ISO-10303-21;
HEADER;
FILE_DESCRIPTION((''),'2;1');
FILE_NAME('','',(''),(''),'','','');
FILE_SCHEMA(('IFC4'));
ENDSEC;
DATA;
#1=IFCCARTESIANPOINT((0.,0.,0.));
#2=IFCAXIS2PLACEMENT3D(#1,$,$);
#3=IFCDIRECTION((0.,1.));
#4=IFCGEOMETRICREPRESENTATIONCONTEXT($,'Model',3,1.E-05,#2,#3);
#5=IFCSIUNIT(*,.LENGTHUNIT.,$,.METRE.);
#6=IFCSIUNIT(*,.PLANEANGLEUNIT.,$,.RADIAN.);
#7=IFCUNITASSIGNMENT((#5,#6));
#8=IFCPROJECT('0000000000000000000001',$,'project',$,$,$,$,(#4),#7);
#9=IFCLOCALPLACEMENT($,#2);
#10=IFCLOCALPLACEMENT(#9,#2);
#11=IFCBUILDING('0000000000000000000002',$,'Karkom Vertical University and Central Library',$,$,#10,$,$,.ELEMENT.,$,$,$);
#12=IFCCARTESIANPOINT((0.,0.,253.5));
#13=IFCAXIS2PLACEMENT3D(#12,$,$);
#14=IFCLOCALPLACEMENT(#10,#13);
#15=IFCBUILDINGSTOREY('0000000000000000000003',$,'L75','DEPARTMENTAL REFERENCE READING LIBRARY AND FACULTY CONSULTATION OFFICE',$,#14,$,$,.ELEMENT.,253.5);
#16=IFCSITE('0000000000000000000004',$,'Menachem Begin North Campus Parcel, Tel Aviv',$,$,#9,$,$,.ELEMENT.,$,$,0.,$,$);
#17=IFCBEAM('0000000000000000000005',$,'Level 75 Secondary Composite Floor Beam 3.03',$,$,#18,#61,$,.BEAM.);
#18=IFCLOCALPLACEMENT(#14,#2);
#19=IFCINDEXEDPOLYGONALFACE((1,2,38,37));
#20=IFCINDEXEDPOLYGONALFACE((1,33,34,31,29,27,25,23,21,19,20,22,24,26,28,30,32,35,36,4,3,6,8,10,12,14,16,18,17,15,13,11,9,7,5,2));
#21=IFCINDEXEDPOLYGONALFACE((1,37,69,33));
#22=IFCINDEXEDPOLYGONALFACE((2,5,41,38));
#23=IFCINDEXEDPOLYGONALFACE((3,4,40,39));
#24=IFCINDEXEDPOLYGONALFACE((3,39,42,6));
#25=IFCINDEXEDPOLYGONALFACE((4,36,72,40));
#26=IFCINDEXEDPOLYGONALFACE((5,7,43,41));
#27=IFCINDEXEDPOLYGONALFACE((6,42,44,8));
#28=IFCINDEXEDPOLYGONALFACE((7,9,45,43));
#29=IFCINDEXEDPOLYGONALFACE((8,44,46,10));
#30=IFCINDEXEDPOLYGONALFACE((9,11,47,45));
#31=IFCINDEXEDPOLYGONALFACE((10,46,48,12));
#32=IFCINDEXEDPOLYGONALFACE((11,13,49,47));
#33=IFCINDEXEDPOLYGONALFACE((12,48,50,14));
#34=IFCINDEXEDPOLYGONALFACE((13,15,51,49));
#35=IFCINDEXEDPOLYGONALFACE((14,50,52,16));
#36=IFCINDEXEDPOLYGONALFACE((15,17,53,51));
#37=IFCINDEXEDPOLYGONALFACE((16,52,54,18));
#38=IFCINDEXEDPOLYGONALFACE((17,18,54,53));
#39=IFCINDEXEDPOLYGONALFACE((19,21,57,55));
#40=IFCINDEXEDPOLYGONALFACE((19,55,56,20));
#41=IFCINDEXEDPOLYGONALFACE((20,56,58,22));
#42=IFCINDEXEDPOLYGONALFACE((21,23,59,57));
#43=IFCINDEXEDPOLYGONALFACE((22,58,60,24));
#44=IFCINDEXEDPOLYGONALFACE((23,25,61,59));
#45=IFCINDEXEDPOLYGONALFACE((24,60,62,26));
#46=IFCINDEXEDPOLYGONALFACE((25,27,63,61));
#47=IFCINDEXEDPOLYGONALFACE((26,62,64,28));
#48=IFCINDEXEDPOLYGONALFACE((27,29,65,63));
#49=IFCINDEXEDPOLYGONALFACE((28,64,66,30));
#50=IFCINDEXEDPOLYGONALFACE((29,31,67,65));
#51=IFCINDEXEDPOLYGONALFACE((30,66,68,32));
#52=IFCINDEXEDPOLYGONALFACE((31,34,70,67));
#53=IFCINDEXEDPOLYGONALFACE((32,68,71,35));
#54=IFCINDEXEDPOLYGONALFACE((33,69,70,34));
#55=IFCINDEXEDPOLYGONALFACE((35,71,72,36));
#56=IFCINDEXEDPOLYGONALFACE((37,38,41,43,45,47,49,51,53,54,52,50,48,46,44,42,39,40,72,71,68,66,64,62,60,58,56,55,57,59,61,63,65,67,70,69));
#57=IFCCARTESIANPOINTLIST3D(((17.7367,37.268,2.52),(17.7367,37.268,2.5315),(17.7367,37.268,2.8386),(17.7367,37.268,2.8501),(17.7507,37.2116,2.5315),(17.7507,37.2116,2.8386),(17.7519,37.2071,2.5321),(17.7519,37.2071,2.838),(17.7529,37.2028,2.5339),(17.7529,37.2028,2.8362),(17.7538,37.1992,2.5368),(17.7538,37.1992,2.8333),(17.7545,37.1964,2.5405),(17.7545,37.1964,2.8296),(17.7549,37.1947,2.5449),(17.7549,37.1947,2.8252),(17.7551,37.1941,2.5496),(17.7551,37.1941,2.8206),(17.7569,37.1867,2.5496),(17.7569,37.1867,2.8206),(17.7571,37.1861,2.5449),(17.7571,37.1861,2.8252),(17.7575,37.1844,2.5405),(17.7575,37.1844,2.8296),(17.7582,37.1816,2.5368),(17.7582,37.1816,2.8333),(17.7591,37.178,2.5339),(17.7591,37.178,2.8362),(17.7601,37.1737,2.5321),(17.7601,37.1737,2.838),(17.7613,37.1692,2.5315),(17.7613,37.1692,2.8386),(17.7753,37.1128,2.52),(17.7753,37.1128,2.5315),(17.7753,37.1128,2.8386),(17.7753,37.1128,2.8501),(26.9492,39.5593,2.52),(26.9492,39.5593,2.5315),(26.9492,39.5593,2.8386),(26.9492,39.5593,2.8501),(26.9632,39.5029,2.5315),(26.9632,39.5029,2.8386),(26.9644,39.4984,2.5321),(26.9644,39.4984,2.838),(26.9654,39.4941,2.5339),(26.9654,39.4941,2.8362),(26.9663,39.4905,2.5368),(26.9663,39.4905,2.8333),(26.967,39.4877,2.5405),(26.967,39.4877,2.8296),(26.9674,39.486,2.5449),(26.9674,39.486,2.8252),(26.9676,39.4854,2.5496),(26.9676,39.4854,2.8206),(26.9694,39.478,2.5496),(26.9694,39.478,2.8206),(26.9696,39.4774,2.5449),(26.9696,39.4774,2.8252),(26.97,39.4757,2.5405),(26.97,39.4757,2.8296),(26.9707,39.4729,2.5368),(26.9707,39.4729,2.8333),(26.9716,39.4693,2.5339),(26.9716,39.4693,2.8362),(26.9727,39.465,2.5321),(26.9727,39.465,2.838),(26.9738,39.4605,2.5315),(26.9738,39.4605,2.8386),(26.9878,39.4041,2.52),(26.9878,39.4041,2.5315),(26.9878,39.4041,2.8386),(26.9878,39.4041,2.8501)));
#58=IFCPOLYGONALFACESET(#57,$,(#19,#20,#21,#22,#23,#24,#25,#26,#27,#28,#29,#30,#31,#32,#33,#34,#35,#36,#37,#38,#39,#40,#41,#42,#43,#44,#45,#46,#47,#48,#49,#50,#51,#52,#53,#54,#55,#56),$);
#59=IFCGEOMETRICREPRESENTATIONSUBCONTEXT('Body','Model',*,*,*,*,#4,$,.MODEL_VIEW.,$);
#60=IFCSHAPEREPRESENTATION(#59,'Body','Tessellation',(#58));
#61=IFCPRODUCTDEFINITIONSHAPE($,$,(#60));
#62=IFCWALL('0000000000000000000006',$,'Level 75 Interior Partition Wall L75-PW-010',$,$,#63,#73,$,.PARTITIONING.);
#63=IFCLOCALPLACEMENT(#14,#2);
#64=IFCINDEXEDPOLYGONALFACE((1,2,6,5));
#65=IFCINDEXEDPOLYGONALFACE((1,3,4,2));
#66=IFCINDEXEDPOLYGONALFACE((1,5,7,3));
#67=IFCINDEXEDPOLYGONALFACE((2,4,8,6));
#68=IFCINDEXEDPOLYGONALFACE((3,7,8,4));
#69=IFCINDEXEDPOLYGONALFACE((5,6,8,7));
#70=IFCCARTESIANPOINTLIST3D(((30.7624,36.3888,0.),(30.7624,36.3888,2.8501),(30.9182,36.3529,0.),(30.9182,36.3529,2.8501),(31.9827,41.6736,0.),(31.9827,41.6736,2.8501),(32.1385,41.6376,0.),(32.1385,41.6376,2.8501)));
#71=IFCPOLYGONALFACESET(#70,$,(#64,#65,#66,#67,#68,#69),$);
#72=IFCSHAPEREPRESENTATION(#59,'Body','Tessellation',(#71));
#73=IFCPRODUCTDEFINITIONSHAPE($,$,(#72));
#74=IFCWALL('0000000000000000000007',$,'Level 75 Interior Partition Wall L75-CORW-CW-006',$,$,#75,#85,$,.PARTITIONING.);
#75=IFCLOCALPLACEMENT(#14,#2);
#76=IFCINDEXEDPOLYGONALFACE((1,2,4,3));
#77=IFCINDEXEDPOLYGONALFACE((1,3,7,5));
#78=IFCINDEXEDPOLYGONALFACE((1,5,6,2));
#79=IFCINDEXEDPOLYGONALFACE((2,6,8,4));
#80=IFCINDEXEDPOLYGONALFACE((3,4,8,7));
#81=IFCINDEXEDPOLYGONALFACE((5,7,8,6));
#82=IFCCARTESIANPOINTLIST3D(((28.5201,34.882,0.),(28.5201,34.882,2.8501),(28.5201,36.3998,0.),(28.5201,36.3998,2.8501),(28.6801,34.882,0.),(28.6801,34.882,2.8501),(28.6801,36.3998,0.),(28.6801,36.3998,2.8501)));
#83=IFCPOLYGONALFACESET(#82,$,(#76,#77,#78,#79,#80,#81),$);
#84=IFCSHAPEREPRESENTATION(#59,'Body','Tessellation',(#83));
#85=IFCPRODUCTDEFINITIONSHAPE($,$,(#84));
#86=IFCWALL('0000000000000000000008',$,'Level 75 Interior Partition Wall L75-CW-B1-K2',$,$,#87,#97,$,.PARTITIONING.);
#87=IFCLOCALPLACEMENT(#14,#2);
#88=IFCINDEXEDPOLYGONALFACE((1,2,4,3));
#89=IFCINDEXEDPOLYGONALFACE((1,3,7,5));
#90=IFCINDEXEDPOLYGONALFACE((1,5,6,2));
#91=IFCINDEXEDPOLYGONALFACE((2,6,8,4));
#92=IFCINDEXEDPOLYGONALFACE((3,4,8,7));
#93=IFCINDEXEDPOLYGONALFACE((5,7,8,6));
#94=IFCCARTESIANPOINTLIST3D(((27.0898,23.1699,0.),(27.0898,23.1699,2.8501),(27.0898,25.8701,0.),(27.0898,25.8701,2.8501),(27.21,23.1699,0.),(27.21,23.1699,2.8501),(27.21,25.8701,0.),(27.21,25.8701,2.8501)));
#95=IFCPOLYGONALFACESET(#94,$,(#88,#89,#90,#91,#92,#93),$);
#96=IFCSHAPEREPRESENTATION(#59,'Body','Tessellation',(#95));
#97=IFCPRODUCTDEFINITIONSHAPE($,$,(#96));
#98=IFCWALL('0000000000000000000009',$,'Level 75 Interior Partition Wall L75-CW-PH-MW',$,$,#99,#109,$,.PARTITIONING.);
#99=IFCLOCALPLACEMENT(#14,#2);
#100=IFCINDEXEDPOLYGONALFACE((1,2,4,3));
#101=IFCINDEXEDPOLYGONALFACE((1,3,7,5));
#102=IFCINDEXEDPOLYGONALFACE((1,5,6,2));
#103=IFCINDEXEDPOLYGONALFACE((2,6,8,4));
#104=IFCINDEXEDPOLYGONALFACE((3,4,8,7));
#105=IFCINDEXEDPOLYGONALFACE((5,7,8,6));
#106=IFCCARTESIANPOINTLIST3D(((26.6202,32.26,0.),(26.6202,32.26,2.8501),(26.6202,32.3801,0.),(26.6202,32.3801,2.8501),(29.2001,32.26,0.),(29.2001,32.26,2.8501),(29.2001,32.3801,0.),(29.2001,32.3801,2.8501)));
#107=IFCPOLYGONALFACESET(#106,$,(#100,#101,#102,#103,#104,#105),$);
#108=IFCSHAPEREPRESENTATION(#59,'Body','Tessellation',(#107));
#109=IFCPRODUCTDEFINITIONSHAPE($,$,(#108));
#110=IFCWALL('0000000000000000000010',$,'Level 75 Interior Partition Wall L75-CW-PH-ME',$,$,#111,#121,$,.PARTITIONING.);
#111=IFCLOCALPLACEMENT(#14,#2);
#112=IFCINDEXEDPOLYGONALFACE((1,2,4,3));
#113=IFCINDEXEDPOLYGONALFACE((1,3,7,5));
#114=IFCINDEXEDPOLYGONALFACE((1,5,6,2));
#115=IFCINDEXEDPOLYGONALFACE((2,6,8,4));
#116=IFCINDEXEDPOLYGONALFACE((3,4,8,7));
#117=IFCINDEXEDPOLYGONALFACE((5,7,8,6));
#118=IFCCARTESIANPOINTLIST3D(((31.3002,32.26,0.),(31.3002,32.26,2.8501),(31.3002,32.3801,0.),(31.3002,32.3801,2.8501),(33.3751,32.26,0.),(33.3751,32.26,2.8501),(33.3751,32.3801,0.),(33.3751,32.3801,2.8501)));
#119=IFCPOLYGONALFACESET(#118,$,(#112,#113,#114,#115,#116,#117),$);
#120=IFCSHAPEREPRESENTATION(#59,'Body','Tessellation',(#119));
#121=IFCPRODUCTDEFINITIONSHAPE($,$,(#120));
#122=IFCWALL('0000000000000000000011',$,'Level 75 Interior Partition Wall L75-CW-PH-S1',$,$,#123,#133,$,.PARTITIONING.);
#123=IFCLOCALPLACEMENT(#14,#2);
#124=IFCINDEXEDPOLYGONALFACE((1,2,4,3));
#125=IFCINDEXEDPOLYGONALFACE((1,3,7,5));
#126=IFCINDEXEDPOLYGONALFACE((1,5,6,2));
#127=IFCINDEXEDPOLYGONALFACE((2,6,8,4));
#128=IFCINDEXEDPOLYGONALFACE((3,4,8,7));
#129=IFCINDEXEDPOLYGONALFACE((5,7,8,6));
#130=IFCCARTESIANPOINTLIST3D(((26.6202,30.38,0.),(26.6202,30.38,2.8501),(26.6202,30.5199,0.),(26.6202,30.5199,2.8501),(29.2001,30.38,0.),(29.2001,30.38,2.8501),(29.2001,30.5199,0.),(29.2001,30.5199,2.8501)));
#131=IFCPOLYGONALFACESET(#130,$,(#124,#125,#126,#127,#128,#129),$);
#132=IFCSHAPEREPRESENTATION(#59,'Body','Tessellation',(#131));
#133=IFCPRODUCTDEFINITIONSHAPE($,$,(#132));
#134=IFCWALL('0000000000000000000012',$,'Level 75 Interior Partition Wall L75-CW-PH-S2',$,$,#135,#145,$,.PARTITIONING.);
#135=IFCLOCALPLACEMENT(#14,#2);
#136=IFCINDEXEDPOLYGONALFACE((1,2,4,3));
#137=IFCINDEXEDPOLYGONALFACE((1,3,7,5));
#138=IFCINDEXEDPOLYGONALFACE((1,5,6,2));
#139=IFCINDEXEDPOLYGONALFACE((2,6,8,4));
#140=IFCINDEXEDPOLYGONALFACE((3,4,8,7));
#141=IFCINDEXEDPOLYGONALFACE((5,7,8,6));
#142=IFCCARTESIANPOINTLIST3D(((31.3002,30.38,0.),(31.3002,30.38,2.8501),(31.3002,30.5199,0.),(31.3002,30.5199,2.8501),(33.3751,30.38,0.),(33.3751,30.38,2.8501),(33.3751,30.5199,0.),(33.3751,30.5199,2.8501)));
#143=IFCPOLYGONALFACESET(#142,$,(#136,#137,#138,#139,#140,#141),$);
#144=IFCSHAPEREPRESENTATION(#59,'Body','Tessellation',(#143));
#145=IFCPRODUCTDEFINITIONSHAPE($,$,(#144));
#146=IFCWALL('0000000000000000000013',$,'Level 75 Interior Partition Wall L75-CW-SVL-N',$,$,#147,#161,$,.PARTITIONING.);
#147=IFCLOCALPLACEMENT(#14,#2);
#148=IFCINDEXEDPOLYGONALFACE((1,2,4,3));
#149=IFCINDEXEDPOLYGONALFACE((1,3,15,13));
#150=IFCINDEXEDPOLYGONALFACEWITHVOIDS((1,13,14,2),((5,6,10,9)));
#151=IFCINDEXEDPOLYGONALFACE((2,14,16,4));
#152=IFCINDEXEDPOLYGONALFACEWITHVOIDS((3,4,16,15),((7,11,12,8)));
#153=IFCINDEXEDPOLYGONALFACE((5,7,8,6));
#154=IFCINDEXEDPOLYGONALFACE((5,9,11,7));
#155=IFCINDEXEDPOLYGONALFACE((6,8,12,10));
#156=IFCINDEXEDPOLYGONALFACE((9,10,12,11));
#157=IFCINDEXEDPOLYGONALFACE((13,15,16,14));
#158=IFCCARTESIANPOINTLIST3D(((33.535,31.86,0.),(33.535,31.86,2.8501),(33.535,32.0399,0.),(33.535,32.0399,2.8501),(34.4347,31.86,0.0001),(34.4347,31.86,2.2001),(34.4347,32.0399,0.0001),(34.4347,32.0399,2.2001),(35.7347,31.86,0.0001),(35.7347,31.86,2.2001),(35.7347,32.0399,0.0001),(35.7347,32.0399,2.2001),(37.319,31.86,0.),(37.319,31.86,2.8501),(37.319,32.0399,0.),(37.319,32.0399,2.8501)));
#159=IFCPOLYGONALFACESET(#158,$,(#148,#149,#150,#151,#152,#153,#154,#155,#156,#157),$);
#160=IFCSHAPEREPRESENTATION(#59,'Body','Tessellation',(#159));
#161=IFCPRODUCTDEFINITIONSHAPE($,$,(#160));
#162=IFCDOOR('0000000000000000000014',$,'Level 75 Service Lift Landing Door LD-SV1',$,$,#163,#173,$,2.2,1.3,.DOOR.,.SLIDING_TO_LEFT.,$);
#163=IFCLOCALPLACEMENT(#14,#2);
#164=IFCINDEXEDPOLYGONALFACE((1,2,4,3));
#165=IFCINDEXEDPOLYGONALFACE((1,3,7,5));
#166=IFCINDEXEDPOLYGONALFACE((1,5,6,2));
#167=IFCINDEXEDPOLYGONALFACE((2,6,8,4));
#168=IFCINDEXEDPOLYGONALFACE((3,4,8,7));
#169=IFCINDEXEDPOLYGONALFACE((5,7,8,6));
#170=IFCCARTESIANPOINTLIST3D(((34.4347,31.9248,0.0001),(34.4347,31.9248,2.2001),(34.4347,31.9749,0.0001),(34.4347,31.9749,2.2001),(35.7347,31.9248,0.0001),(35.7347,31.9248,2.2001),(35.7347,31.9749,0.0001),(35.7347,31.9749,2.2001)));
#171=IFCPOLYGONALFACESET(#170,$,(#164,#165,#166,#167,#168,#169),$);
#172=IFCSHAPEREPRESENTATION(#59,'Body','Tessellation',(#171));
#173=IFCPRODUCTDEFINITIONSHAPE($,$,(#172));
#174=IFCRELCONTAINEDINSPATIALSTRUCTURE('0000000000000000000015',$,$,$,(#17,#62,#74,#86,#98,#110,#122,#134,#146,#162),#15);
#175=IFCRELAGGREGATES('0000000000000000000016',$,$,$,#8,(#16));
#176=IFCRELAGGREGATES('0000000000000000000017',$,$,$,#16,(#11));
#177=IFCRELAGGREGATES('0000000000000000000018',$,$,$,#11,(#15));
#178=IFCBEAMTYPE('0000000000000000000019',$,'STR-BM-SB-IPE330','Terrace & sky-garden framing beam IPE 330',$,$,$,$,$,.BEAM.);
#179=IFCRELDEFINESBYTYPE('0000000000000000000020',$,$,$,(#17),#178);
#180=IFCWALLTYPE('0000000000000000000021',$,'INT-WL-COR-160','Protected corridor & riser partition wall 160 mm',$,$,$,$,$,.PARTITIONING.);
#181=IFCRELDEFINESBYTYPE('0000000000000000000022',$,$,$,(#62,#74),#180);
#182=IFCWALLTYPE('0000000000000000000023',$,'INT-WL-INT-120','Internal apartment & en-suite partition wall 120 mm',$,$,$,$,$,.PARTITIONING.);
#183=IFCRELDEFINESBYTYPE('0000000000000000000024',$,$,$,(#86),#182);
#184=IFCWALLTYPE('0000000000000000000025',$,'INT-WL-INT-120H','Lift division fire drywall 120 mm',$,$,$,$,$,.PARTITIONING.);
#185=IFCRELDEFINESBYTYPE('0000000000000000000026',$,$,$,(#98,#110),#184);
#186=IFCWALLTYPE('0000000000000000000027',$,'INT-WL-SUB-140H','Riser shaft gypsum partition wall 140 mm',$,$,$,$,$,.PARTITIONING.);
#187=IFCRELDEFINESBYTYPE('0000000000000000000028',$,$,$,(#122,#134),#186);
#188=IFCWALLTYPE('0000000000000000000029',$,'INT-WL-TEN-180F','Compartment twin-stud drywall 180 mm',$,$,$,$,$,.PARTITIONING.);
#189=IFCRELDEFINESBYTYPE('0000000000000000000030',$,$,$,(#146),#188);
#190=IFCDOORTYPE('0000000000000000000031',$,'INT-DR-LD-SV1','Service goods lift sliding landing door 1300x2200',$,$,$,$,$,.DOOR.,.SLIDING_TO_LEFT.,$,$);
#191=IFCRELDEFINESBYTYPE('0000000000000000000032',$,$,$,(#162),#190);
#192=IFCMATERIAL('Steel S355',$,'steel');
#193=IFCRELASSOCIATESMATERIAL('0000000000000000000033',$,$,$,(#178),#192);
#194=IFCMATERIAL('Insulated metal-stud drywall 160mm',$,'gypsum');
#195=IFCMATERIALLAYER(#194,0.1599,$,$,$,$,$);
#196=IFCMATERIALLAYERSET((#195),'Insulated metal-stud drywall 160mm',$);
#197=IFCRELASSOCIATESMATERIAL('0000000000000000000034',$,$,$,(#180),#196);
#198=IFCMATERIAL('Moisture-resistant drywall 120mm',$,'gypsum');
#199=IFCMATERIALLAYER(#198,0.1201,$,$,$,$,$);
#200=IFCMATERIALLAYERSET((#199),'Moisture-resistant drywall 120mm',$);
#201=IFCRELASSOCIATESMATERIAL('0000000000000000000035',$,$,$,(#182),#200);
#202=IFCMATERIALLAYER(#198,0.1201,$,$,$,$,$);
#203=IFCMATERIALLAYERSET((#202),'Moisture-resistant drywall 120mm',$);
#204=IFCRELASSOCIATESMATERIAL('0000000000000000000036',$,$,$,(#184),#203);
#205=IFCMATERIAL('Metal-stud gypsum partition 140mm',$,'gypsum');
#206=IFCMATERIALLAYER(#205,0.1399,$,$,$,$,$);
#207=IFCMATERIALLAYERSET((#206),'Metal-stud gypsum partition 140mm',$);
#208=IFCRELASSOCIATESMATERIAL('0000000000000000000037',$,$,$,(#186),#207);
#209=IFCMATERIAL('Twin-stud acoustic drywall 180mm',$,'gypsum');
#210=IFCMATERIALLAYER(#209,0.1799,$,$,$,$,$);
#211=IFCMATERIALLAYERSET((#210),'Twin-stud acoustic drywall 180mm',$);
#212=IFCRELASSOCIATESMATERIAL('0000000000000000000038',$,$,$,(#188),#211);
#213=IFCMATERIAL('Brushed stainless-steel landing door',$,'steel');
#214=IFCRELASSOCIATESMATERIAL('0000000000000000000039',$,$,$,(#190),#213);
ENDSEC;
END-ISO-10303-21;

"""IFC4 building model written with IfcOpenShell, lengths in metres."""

from ifc_helpers import new_model, si_unit, direction, frame, frame_2d, origin, origin_with_axes, origin_2d, place, context, subcontext, project, spatial, rectangle, i_section, extrude, source, transform, mapped, material, layer, layer_set, material_profile, profile_set, type_object, element, fill, save


model = new_model("IFC4")

# Units and contexts
model_context = context("Model", 3, precision=1e-05, world=origin(), true_north=direction((0.0, 1.0)))
body_context = subcontext(model_context, "Body", "Model", "MODEL_VIEW")
ifc_project = project(units=[si_unit("LENGTHUNIT", "METRE"), si_unit("PLANEANGLEUNIT", "RADIAN")], contexts=[model_context])

# Site, building, storey
site_placement = place(None, origin())
site = spatial("IfcSite", under=ifc_project, at=site_placement, Name="Menachem Begin North Campus Parcel, Tel Aviv", CompositionType="ELEMENT", RefElevation=0.0)
building_placement = place(site_placement, origin())
building = spatial("IfcBuilding", under=site, at=building_placement, Name="Karkom Vertical University and Central Library", CompositionType="ELEMENT")
storey_placement = place(building_placement, frame((0.0, 0.0, 253.5)))
storey = spatial("IfcBuildingStorey", under=building, at=storey_placement, Name="L75", Description="DEPARTMENTAL REFERENCE READING LIBRARY AND FACULTY CONSULTATION OFFICE", CompositionType="ELEMENT", Elevation=253.5)

# Beam
ifc_material_1 = material(Name="Steel S355", Category="steel")
ifc_material_profile_1 = material_profile(ifc_material_1, i_section(OverallWidth=0.1599, OverallDepth=0.3301, WebThickness=0.0076, FlangeThickness=0.0115, FilletRadius=0.0181, at=origin_2d()), Name="IPE 330")
ifc_profile_set_1 = profile_set([ifc_material_profile_1], Name="Steel S355")
beam_type_1 = type_object("IfcBeamType", Name="STR-BM-SB-IPE330", Description="Terrace & sky-garden framing beam IPE 330", PredefinedType="BEAM", material=ifc_profile_set_1)
shared_shape_1 = source(origin_with_axes(), body_context, "Body", "SweptSolid", [
    extrude(i_section(OverallWidth=0.1599, OverallDepth=0.3301, WebThickness=0.0076, FlangeThickness=0.0115, FilletRadius=0.0181, at=origin_2d()), origin(), (0.0, 0.0, 1.0), 9.4932),
])
beam_1_placement = place(storey_placement, frame((26.9685, 39.4817, 2.6851), z_axis=(-0.970435, -0.241362, 0.0), x_axis=(0.241362, -0.970435, 0.0)))
element("IfcBeam", 1, at=beam_1_placement, inside=storey, type_object=beam_type_1, Name="Level 75 Secondary Composite Floor Beam 3.03", PredefinedType="BEAM", context=body_context, shape_type="MappedRepresentation", body=[
    mapped(shared_shape_1, transform((0.0, 0.0, 0.0), scale=1.0)),
])

# Shared definitions
ifc_material_2 = material(Name="Insulated metal-stud drywall 160mm", Category="gypsum")
ifc_layer_1 = layer(ifc_material_2, 0.1599)
ifc_layer_set_1 = layer_set([ifc_layer_1], Name="Insulated metal-stud drywall 160mm")
wall_type_1 = type_object("IfcWallType", Name="INT-WL-COR-160", Description="Protected corridor & riser partition wall 160 mm", PredefinedType="PARTITIONING", material=ifc_layer_set_1)

# Walls
wall_1_placement = place(storey_placement, frame((30.8403, 36.3708, 0.0), z_axis=(0.0, 0.0, 1.0), x_axis=(0.224978, 0.974364, 0.0)))
element("IfcWall", 2, at=wall_1_placement, inside=storey, type_object=wall_type_1, Name="Level 75 Interior Partition Wall L75-PW-010", PredefinedType="PARTITIONING", context=body_context, shape_type="SweptSolid", body=[
    extrude(rectangle(XDim=5.4238, YDim=0.1599, at=frame_2d((2.7119, 0.0))), origin(), (0.0, 0.0, 1.0), 2.8501),
])
wall_2_placement = place(storey_placement, frame((28.6001, 34.8821, 0.0), z_axis=(0.0, 0.0, 1.0), x_axis=(0.0, 1.0, 0.0)))
element("IfcWall", 3, at=wall_2_placement, inside=storey, type_object=wall_type_1, Name="Level 75 Interior Partition Wall L75-CORW-CW-006", PredefinedType="PARTITIONING", context=body_context, shape_type="SweptSolid", body=[
    extrude(rectangle(XDim=1.5178, YDim=0.1599, at=frame_2d((0.7588, 0.0))), origin(), (0.0, 0.0, 1.0), 2.8501),
])
ifc_material_3 = material(Name="Moisture-resistant drywall 120mm", Category="gypsum")
ifc_layer_2 = layer(ifc_material_3, 0.1201)
ifc_layer_set_2 = layer_set([ifc_layer_2], Name="Moisture-resistant drywall 120mm")
wall_type_2 = type_object("IfcWallType", Name="INT-WL-INT-120", Description="Internal apartment & en-suite partition wall 120 mm", PredefinedType="PARTITIONING", material=ifc_layer_set_2)
wall_3_placement = place(storey_placement, frame((27.1499, 23.1699, 0.0), z_axis=(0.0, 0.0, 1.0), x_axis=(0.0, 1.0, 0.0)))
element("IfcWall", 4, at=wall_3_placement, inside=storey, type_object=wall_type_2, Name="Level 75 Interior Partition Wall L75-CW-B1-K2", PredefinedType="PARTITIONING", context=body_context, shape_type="SweptSolid", body=[
    extrude(rectangle(XDim=2.7002, YDim=0.1201, at=frame_2d((1.3501, 0.0))), origin(), (0.0, 0.0, 1.0), 2.8501),
])
ifc_layer_3 = layer(ifc_material_3, 0.1201)
ifc_layer_set_3 = layer_set([ifc_layer_3], Name="Moisture-resistant drywall 120mm")
wall_type_3 = type_object("IfcWallType", Name="INT-WL-INT-120H", Description="Lift division fire drywall 120 mm", PredefinedType="PARTITIONING", material=ifc_layer_set_3)
wall_4_placement = place(storey_placement, frame((26.6201, 32.3201, 0.0), z_axis=(0.0, 0.0, 1.0), x_axis=(1.0, 0.0, 0.0)))
element("IfcWall", 5, at=wall_4_placement, inside=storey, type_object=wall_type_3, Name="Level 75 Interior Partition Wall L75-CW-PH-MW", PredefinedType="PARTITIONING", context=body_context, shape_type="SweptSolid", body=[
    extrude(rectangle(XDim=2.5798, YDim=0.1201, at=frame_2d((1.29, 0.0))), origin(), (0.0, 0.0, 1.0), 2.8501),
])
wall_5_placement = place(storey_placement, frame((31.3, 32.3201, 0.0), z_axis=(0.0, 0.0, 1.0), x_axis=(1.0, 0.0, 0.0)))
element("IfcWall", 6, at=wall_5_placement, inside=storey, type_object=wall_type_3, Name="Level 75 Interior Partition Wall L75-CW-PH-ME", PredefinedType="PARTITIONING", context=body_context, shape_type="SweptSolid", body=[
    extrude(rectangle(XDim=2.075, YDim=0.1201, at=frame_2d((1.0376, 0.0))), origin(), (0.0, 0.0, 1.0), 2.8501),
])

# Shared definitions
ifc_material_4 = material(Name="Metal-stud gypsum partition 140mm", Category="gypsum")
ifc_layer_4 = layer(ifc_material_4, 0.1399)
ifc_layer_set_4 = layer_set([ifc_layer_4], Name="Metal-stud gypsum partition 140mm")
wall_type_4 = type_object("IfcWallType", Name="INT-WL-SUB-140H", Description="Riser shaft gypsum partition wall 140 mm", PredefinedType="PARTITIONING", material=ifc_layer_set_4)
ifc_material_5 = material(Name="Brushed stainless-steel landing door", Category="steel")

# Walls
wall_6_placement = place(storey_placement, frame((26.6201, 30.45, 0.0), z_axis=(0.0, 0.0, 1.0), x_axis=(1.0, 0.0, 0.0)))
element("IfcWall", 7, at=wall_6_placement, inside=storey, type_object=wall_type_4, Name="Level 75 Interior Partition Wall L75-CW-PH-S1", PredefinedType="PARTITIONING", context=body_context, shape_type="SweptSolid", body=[
    extrude(rectangle(XDim=2.5798, YDim=0.1399, at=frame_2d((1.29, 0.0))), origin(), (0.0, 0.0, 1.0), 2.8501),
])
wall_7_placement = place(storey_placement, frame((31.3, 30.45, 0.0), z_axis=(0.0, 0.0, 1.0), x_axis=(1.0, 0.0, 0.0)))
element("IfcWall", 8, at=wall_7_placement, inside=storey, type_object=wall_type_4, Name="Level 75 Interior Partition Wall L75-CW-PH-S2", PredefinedType="PARTITIONING", context=body_context, shape_type="SweptSolid", body=[
    extrude(rectangle(XDim=2.075, YDim=0.1399, at=frame_2d((1.0376, 0.0))), origin(), (0.0, 0.0, 1.0), 2.8501),
])

# Wall, opening, door
ifc_material_6 = material(Name="Twin-stud acoustic drywall 180mm", Category="gypsum")
ifc_layer_5 = layer(ifc_material_6, 0.1799)
ifc_layer_set_5 = layer_set([ifc_layer_5], Name="Twin-stud acoustic drywall 180mm")
wall_type_5 = type_object("IfcWallType", Name="INT-WL-TEN-180F", Description="Compartment twin-stud drywall 180 mm", PredefinedType="PARTITIONING", material=ifc_layer_set_5)
wall_8_placement = place(storey_placement, frame((33.5349, 31.95, 0.0), z_axis=(0.0, 0.0, 1.0), x_axis=(1.0, 0.0, 0.0)))
wall_8 = element("IfcWall", 9, at=wall_8_placement, inside=storey, type_object=wall_type_5, Name="Level 75 Interior Partition Wall L75-CW-SVL-N", PredefinedType="PARTITIONING", context=body_context, shape_type="SweptSolid", body=[
    extrude(rectangle(XDim=3.7839, YDim=0.1799, at=frame_2d((1.8921, 0.0))), origin(), (0.0, 0.0, 1.0), 2.8501),
])
opening_1_placement = place(wall_8_placement, frame((0.8999, 0.0, 0.0)))
opening_1 = element("IfcOpeningElement", 10, at=opening_1_placement, cuts=wall_8, PredefinedType="OPENING", context=body_context, shape_type="SweptSolid", body=[
    extrude(rectangle(XDim=1.3, YDim=2.2, at=frame_2d((0.6499, 1.1001))), frame((0.0, 0.1001, 0.0), z_axis=(0.0, -1.0, 0.0), x_axis=(1.0, 0.0, 0.0)), (0.0, 0.0, 1.0), 0.2),
])
door_type_1 = type_object("IfcDoorType", Name="INT-DR-LD-SV1", Description="Service goods lift sliding landing door 1300x2200", OperationType="SLIDING_TO_LEFT", PredefinedType="DOOR", material=ifc_material_5)
shared_shape_2 = source(origin_with_axes(), body_context, "Body", "SweptSolid", [
    extrude(rectangle(XDim=1.3, YDim=2.2, at=frame_2d((0.6499, 1.1001))), frame((0.0, 0.0249, 0.0), z_axis=(0.0, -1.0, 0.0), x_axis=(1.0, 0.0, 0.0)), (0.0, 0.0, 1.0), 0.05),
])
door_1_placement = place(opening_1_placement, origin())
door_1 = element("IfcDoor", 11, at=door_1_placement, inside=storey, type_object=door_type_1, Name="Level 75 Service Lift Landing Door LD-SV1", OperationType="SLIDING_TO_LEFT", OverallHeight=2.2, OverallWidth=1.3, PredefinedType="DOOR", context=body_context, shape_type="MappedRepresentation", body=[
    mapped(shared_shape_2, transform((0.0, 0.0, 0.0), scale=1.0)),
])
fill(opening_1, door_1)

save(model, "model.ifc")
